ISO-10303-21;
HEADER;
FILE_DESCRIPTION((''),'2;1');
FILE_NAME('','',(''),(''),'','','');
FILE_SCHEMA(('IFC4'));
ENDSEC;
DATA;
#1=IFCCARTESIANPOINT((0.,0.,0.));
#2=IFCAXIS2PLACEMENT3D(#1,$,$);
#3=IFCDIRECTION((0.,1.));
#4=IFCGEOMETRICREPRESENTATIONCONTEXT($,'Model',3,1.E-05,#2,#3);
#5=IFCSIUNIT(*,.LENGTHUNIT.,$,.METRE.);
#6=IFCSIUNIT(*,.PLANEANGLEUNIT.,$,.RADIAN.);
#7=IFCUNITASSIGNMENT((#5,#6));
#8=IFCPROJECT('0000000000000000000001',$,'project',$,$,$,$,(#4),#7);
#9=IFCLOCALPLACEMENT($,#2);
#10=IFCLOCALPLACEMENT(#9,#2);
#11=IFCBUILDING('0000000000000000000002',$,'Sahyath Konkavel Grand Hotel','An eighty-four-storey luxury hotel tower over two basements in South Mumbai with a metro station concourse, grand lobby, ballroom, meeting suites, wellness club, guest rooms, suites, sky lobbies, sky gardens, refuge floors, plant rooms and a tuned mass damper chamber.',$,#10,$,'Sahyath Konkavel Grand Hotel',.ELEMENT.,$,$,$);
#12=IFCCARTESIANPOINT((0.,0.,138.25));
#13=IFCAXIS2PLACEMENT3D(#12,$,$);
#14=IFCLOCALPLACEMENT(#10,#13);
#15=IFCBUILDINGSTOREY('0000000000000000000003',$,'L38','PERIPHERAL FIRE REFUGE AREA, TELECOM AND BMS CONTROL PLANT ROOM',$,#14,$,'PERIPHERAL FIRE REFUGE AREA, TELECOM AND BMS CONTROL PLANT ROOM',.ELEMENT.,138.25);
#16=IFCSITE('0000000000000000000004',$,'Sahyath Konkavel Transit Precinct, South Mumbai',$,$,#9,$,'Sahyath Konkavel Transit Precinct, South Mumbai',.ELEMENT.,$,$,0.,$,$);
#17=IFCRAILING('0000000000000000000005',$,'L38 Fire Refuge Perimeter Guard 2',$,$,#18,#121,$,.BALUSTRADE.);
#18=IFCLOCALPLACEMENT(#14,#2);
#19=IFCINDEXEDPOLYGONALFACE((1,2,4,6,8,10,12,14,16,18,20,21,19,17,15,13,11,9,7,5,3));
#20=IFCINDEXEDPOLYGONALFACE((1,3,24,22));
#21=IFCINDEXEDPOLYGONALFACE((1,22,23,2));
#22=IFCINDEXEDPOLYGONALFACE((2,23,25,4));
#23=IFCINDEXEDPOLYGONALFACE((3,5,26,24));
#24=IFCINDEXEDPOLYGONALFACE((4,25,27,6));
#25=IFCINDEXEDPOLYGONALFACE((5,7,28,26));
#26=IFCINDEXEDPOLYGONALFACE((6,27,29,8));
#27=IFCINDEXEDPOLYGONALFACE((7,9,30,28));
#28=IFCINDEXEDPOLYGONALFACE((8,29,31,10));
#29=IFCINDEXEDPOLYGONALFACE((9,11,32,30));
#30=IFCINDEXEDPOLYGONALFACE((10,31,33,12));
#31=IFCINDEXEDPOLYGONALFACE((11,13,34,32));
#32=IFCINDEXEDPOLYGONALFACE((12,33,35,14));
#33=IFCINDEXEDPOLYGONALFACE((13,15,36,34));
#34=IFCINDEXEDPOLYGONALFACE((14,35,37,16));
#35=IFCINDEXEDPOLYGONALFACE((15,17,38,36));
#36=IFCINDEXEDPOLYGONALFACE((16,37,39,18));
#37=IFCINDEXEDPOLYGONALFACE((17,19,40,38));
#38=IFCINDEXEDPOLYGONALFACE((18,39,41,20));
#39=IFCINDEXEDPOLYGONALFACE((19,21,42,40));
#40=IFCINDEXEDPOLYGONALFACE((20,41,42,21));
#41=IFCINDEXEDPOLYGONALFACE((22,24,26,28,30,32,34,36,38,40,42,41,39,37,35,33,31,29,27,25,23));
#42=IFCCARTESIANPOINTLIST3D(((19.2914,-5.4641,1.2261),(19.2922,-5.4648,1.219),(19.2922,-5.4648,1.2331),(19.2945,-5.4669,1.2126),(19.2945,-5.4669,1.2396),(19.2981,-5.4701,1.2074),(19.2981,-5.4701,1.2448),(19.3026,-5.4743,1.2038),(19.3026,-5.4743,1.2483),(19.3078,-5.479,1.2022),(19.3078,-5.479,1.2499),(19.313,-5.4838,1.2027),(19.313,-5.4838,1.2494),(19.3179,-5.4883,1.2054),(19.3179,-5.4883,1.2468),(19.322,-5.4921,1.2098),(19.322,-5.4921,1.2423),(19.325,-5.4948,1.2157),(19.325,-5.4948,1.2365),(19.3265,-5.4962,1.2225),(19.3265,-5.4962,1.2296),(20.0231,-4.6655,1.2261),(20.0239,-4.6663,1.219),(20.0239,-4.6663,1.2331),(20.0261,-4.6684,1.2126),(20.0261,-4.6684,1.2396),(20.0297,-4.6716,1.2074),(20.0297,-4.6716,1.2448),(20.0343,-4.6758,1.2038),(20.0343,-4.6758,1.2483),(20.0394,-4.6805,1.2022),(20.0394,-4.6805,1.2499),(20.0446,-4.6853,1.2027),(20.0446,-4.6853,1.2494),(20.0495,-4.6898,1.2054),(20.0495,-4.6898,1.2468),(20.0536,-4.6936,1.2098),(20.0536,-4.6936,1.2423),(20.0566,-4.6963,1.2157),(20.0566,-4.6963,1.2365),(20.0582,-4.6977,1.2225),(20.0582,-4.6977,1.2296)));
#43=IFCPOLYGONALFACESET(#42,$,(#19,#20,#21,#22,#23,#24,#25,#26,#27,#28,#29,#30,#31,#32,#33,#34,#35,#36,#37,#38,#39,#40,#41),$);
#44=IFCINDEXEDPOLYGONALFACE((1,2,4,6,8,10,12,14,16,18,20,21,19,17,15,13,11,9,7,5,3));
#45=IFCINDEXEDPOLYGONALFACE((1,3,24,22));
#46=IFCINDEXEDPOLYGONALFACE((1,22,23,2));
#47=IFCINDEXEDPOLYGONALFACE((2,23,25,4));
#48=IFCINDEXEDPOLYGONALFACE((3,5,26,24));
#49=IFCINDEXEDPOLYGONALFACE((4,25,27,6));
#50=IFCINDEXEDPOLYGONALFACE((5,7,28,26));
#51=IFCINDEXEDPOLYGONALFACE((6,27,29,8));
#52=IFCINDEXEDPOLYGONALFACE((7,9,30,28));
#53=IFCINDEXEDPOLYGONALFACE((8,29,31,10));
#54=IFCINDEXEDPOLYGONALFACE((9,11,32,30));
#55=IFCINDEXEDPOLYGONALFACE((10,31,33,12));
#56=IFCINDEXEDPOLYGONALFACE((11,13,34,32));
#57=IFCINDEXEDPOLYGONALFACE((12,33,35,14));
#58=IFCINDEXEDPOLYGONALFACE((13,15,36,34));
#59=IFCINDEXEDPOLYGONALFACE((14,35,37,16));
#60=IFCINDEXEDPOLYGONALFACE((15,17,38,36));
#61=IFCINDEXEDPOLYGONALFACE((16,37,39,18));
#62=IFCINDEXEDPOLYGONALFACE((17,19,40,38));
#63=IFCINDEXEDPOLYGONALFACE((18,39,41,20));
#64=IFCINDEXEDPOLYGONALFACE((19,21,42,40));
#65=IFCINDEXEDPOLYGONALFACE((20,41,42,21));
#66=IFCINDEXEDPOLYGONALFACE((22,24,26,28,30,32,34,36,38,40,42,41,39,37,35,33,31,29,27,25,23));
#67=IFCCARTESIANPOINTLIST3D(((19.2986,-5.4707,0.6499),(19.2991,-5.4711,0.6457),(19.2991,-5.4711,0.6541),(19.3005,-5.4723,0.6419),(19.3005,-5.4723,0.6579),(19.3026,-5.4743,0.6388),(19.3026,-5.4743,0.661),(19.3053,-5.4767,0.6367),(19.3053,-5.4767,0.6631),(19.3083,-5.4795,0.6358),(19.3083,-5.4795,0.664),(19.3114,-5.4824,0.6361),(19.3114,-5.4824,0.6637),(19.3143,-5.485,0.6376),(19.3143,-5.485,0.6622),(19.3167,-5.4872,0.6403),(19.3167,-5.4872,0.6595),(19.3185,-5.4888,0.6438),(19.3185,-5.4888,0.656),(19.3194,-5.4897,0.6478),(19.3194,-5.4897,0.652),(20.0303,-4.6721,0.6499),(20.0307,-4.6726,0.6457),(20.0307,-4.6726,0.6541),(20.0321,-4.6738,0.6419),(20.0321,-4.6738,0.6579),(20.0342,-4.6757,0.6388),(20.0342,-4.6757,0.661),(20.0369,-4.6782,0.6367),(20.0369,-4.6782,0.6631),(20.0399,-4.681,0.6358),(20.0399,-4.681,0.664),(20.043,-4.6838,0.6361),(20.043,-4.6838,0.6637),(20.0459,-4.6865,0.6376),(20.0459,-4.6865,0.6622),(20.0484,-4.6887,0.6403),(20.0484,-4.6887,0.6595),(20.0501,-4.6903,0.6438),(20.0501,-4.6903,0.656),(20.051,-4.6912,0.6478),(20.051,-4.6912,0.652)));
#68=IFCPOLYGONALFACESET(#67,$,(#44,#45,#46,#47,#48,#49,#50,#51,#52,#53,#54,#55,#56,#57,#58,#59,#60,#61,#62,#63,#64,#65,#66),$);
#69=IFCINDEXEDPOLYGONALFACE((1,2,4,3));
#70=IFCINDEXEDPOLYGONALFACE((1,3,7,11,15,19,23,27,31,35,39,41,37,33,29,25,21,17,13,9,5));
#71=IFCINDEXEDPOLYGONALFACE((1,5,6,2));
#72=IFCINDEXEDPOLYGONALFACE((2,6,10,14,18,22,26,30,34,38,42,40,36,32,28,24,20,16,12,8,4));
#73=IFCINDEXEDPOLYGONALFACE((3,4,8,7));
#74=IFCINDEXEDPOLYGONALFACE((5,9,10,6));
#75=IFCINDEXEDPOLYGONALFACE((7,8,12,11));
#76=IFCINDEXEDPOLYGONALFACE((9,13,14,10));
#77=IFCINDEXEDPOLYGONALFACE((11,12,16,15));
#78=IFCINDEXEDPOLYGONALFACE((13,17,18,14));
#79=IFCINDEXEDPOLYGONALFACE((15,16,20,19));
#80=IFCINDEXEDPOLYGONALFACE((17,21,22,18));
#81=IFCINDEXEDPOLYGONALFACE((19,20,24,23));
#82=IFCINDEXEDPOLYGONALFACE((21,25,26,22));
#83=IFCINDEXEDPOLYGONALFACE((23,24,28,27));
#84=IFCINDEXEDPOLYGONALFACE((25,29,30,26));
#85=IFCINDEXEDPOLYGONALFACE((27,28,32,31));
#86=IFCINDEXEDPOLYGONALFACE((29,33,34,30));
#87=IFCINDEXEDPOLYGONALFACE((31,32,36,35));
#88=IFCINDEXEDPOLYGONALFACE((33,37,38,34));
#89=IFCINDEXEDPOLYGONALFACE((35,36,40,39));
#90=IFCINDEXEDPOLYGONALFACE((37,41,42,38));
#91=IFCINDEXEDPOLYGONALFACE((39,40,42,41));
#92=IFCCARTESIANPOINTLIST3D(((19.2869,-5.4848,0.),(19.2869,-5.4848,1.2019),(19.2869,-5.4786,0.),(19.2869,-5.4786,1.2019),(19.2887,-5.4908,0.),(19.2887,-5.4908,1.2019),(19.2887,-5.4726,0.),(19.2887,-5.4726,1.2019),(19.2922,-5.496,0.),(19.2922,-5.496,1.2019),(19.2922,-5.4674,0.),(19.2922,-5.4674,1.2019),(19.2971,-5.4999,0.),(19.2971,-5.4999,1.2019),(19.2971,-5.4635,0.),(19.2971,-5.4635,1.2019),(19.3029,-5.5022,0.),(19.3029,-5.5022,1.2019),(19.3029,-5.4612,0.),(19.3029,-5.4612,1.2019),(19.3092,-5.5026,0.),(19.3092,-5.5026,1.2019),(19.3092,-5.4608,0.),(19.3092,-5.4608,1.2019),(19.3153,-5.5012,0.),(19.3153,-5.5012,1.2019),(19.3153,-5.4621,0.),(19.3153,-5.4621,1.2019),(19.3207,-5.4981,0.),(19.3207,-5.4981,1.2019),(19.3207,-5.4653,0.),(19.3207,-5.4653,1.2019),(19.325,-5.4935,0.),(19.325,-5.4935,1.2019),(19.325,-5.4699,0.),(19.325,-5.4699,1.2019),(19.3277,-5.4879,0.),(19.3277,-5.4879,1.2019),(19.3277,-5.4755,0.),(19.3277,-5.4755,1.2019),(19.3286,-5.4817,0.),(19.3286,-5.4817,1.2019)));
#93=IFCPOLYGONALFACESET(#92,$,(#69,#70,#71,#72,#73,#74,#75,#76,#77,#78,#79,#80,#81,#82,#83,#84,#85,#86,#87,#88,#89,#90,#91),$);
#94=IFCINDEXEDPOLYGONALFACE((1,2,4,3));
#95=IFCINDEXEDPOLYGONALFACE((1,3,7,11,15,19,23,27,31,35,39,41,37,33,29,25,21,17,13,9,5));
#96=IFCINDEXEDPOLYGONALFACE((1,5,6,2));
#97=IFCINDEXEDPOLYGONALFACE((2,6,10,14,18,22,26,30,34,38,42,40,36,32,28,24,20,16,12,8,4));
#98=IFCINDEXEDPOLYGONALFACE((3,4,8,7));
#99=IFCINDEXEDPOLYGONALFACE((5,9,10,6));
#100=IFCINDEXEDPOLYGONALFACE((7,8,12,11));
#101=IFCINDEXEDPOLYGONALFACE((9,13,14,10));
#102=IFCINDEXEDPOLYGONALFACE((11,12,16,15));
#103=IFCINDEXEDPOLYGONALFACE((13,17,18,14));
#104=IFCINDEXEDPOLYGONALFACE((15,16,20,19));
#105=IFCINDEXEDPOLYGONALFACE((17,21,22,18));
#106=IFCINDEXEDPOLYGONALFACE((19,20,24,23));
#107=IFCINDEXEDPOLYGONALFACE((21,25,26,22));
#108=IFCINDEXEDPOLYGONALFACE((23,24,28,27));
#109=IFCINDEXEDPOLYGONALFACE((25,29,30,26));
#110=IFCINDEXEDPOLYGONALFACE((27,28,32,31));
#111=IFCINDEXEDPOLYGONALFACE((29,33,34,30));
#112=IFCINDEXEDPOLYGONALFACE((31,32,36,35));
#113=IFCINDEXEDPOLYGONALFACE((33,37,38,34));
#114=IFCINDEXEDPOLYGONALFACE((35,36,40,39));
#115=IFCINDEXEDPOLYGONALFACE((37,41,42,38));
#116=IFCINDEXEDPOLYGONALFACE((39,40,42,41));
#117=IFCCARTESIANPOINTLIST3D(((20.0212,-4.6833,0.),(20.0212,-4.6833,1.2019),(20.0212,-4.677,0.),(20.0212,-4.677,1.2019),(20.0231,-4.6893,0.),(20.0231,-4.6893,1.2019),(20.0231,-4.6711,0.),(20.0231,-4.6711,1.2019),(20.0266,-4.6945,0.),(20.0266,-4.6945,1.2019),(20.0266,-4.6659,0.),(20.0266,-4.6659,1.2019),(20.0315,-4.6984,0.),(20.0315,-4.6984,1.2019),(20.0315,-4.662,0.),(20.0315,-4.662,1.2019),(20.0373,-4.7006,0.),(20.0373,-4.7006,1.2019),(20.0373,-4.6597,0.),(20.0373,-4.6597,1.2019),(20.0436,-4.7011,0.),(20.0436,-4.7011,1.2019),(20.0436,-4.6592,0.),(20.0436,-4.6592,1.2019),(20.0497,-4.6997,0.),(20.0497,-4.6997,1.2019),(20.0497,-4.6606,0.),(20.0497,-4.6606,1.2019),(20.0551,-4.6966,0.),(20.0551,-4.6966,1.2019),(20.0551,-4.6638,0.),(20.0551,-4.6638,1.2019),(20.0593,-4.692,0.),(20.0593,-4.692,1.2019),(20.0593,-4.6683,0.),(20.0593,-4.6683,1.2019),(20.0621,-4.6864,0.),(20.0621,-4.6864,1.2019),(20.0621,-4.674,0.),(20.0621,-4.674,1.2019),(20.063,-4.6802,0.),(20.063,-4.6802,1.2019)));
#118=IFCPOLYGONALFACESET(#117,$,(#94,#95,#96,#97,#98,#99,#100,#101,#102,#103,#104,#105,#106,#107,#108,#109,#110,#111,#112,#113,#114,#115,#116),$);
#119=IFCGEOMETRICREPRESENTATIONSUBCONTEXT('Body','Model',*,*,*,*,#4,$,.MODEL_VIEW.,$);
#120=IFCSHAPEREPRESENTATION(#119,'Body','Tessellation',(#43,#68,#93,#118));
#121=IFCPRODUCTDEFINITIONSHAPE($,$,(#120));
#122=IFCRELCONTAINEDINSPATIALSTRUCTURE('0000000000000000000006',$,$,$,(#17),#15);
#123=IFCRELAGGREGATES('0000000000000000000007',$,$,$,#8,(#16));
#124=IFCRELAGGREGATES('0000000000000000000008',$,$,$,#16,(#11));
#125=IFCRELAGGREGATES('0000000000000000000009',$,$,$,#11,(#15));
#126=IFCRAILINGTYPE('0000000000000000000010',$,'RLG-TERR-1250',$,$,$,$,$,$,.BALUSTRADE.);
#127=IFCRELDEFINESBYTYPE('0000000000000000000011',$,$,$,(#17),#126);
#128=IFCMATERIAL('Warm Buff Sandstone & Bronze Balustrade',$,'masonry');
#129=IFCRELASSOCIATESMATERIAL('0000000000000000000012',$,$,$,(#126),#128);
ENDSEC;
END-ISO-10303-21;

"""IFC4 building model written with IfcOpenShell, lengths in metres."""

from ifc_helpers import new_model, si_unit, direction, frame, origin, origin_2d, place, context, subcontext, project, spatial, circle, extrude, material, type_object, element, save


model = new_model("IFC4")

# Units and contexts
model_context = context("Model", 3, precision=1e-05, world=origin(), true_north=direction((0.0, 1.0)))
body_context = subcontext(model_context, "Body", "Model", "MODEL_VIEW")
ifc_project = project(units=[si_unit("LENGTHUNIT", "METRE"), si_unit("PLANEANGLEUNIT", "RADIAN")], contexts=[model_context])

# Site, building, storey
site_placement = place(None, origin())
site = spatial("IfcSite", under=ifc_project, at=site_placement, Name="Sahyath Konkavel Transit Precinct, South Mumbai", LongName="Sahyath Konkavel Transit Precinct, South Mumbai", CompositionType="ELEMENT", RefElevation=0.0)
building_placement = place(site_placement, origin())
building = spatial("IfcBuilding", under=site, at=building_placement, Name="Sahyath Konkavel Grand Hotel", Description="An eighty-four-storey luxury hotel tower over two basements in South Mumbai with a metro station concourse, grand lobby, ballroom, meeting suites, wellness club, guest rooms, suites, sky lobbies, sky gardens, refuge floors, plant rooms and a tuned mass damper chamber.", LongName="Sahyath Konkavel Grand Hotel", CompositionType="ELEMENT")
storey_placement = place(building_placement, frame((0.0, 0.0, 138.25)))
storey = spatial("IfcBuildingStorey", under=building, at=storey_placement, Name="L38", Description="PERIPHERAL FIRE REFUGE AREA, TELECOM AND BMS CONTROL PLANT ROOM", LongName="PERIPHERAL FIRE REFUGE AREA, TELECOM AND BMS CONTROL PLANT ROOM", CompositionType="ELEMENT", Elevation=138.25)

# Railing
ifc_material_1 = material(Name="Warm Buff Sandstone & Bronze Balustrade", Category="masonry")
railing_type = type_object("IfcRailingType", Name="RLG-TERR-1250", PredefinedType="BALUSTRADE", material=ifc_material_1)
railing_1_placement = place(storey_placement, frame((19.3076, -5.4817, 0.0)))
element("IfcRailing", 1, at=railing_1_placement, inside=storey, type_object=railing_type, Name="L38 Fire Refuge Perimeter Guard 2", PredefinedType="BALUSTRADE", context=body_context, shape_type="SweptSolid", body=[
    extrude(circle(Radius=0.0239, at=origin_2d()), frame((0.0015, 0.0015, 1.2261), z_axis=(0.675552, 0.737313, 0.0), x_axis=(-0.737313, 0.675552, 0.0)), (0.0, 0.0, 1.0), 1.083),
    extrude(circle(Radius=0.0142, at=origin_2d()), frame((0.0015, 0.0015, 0.6499), z_axis=(0.675552, 0.737313, 0.0), x_axis=(-0.737313, 0.675552, 0.0)), (0.0, 0.0, 1.0), 1.083),
    extrude(circle(Radius=0.021, at=origin_2d()), origin(), (0.0, 0.0, 1.0), 1.2019),
    extrude(circle(Radius=0.021, at=origin_2d()), frame((0.7344, 0.8015, 0.0)), (0.0, 0.0, 1.0), 1.2019),
])

save(model, "model.ifc")
